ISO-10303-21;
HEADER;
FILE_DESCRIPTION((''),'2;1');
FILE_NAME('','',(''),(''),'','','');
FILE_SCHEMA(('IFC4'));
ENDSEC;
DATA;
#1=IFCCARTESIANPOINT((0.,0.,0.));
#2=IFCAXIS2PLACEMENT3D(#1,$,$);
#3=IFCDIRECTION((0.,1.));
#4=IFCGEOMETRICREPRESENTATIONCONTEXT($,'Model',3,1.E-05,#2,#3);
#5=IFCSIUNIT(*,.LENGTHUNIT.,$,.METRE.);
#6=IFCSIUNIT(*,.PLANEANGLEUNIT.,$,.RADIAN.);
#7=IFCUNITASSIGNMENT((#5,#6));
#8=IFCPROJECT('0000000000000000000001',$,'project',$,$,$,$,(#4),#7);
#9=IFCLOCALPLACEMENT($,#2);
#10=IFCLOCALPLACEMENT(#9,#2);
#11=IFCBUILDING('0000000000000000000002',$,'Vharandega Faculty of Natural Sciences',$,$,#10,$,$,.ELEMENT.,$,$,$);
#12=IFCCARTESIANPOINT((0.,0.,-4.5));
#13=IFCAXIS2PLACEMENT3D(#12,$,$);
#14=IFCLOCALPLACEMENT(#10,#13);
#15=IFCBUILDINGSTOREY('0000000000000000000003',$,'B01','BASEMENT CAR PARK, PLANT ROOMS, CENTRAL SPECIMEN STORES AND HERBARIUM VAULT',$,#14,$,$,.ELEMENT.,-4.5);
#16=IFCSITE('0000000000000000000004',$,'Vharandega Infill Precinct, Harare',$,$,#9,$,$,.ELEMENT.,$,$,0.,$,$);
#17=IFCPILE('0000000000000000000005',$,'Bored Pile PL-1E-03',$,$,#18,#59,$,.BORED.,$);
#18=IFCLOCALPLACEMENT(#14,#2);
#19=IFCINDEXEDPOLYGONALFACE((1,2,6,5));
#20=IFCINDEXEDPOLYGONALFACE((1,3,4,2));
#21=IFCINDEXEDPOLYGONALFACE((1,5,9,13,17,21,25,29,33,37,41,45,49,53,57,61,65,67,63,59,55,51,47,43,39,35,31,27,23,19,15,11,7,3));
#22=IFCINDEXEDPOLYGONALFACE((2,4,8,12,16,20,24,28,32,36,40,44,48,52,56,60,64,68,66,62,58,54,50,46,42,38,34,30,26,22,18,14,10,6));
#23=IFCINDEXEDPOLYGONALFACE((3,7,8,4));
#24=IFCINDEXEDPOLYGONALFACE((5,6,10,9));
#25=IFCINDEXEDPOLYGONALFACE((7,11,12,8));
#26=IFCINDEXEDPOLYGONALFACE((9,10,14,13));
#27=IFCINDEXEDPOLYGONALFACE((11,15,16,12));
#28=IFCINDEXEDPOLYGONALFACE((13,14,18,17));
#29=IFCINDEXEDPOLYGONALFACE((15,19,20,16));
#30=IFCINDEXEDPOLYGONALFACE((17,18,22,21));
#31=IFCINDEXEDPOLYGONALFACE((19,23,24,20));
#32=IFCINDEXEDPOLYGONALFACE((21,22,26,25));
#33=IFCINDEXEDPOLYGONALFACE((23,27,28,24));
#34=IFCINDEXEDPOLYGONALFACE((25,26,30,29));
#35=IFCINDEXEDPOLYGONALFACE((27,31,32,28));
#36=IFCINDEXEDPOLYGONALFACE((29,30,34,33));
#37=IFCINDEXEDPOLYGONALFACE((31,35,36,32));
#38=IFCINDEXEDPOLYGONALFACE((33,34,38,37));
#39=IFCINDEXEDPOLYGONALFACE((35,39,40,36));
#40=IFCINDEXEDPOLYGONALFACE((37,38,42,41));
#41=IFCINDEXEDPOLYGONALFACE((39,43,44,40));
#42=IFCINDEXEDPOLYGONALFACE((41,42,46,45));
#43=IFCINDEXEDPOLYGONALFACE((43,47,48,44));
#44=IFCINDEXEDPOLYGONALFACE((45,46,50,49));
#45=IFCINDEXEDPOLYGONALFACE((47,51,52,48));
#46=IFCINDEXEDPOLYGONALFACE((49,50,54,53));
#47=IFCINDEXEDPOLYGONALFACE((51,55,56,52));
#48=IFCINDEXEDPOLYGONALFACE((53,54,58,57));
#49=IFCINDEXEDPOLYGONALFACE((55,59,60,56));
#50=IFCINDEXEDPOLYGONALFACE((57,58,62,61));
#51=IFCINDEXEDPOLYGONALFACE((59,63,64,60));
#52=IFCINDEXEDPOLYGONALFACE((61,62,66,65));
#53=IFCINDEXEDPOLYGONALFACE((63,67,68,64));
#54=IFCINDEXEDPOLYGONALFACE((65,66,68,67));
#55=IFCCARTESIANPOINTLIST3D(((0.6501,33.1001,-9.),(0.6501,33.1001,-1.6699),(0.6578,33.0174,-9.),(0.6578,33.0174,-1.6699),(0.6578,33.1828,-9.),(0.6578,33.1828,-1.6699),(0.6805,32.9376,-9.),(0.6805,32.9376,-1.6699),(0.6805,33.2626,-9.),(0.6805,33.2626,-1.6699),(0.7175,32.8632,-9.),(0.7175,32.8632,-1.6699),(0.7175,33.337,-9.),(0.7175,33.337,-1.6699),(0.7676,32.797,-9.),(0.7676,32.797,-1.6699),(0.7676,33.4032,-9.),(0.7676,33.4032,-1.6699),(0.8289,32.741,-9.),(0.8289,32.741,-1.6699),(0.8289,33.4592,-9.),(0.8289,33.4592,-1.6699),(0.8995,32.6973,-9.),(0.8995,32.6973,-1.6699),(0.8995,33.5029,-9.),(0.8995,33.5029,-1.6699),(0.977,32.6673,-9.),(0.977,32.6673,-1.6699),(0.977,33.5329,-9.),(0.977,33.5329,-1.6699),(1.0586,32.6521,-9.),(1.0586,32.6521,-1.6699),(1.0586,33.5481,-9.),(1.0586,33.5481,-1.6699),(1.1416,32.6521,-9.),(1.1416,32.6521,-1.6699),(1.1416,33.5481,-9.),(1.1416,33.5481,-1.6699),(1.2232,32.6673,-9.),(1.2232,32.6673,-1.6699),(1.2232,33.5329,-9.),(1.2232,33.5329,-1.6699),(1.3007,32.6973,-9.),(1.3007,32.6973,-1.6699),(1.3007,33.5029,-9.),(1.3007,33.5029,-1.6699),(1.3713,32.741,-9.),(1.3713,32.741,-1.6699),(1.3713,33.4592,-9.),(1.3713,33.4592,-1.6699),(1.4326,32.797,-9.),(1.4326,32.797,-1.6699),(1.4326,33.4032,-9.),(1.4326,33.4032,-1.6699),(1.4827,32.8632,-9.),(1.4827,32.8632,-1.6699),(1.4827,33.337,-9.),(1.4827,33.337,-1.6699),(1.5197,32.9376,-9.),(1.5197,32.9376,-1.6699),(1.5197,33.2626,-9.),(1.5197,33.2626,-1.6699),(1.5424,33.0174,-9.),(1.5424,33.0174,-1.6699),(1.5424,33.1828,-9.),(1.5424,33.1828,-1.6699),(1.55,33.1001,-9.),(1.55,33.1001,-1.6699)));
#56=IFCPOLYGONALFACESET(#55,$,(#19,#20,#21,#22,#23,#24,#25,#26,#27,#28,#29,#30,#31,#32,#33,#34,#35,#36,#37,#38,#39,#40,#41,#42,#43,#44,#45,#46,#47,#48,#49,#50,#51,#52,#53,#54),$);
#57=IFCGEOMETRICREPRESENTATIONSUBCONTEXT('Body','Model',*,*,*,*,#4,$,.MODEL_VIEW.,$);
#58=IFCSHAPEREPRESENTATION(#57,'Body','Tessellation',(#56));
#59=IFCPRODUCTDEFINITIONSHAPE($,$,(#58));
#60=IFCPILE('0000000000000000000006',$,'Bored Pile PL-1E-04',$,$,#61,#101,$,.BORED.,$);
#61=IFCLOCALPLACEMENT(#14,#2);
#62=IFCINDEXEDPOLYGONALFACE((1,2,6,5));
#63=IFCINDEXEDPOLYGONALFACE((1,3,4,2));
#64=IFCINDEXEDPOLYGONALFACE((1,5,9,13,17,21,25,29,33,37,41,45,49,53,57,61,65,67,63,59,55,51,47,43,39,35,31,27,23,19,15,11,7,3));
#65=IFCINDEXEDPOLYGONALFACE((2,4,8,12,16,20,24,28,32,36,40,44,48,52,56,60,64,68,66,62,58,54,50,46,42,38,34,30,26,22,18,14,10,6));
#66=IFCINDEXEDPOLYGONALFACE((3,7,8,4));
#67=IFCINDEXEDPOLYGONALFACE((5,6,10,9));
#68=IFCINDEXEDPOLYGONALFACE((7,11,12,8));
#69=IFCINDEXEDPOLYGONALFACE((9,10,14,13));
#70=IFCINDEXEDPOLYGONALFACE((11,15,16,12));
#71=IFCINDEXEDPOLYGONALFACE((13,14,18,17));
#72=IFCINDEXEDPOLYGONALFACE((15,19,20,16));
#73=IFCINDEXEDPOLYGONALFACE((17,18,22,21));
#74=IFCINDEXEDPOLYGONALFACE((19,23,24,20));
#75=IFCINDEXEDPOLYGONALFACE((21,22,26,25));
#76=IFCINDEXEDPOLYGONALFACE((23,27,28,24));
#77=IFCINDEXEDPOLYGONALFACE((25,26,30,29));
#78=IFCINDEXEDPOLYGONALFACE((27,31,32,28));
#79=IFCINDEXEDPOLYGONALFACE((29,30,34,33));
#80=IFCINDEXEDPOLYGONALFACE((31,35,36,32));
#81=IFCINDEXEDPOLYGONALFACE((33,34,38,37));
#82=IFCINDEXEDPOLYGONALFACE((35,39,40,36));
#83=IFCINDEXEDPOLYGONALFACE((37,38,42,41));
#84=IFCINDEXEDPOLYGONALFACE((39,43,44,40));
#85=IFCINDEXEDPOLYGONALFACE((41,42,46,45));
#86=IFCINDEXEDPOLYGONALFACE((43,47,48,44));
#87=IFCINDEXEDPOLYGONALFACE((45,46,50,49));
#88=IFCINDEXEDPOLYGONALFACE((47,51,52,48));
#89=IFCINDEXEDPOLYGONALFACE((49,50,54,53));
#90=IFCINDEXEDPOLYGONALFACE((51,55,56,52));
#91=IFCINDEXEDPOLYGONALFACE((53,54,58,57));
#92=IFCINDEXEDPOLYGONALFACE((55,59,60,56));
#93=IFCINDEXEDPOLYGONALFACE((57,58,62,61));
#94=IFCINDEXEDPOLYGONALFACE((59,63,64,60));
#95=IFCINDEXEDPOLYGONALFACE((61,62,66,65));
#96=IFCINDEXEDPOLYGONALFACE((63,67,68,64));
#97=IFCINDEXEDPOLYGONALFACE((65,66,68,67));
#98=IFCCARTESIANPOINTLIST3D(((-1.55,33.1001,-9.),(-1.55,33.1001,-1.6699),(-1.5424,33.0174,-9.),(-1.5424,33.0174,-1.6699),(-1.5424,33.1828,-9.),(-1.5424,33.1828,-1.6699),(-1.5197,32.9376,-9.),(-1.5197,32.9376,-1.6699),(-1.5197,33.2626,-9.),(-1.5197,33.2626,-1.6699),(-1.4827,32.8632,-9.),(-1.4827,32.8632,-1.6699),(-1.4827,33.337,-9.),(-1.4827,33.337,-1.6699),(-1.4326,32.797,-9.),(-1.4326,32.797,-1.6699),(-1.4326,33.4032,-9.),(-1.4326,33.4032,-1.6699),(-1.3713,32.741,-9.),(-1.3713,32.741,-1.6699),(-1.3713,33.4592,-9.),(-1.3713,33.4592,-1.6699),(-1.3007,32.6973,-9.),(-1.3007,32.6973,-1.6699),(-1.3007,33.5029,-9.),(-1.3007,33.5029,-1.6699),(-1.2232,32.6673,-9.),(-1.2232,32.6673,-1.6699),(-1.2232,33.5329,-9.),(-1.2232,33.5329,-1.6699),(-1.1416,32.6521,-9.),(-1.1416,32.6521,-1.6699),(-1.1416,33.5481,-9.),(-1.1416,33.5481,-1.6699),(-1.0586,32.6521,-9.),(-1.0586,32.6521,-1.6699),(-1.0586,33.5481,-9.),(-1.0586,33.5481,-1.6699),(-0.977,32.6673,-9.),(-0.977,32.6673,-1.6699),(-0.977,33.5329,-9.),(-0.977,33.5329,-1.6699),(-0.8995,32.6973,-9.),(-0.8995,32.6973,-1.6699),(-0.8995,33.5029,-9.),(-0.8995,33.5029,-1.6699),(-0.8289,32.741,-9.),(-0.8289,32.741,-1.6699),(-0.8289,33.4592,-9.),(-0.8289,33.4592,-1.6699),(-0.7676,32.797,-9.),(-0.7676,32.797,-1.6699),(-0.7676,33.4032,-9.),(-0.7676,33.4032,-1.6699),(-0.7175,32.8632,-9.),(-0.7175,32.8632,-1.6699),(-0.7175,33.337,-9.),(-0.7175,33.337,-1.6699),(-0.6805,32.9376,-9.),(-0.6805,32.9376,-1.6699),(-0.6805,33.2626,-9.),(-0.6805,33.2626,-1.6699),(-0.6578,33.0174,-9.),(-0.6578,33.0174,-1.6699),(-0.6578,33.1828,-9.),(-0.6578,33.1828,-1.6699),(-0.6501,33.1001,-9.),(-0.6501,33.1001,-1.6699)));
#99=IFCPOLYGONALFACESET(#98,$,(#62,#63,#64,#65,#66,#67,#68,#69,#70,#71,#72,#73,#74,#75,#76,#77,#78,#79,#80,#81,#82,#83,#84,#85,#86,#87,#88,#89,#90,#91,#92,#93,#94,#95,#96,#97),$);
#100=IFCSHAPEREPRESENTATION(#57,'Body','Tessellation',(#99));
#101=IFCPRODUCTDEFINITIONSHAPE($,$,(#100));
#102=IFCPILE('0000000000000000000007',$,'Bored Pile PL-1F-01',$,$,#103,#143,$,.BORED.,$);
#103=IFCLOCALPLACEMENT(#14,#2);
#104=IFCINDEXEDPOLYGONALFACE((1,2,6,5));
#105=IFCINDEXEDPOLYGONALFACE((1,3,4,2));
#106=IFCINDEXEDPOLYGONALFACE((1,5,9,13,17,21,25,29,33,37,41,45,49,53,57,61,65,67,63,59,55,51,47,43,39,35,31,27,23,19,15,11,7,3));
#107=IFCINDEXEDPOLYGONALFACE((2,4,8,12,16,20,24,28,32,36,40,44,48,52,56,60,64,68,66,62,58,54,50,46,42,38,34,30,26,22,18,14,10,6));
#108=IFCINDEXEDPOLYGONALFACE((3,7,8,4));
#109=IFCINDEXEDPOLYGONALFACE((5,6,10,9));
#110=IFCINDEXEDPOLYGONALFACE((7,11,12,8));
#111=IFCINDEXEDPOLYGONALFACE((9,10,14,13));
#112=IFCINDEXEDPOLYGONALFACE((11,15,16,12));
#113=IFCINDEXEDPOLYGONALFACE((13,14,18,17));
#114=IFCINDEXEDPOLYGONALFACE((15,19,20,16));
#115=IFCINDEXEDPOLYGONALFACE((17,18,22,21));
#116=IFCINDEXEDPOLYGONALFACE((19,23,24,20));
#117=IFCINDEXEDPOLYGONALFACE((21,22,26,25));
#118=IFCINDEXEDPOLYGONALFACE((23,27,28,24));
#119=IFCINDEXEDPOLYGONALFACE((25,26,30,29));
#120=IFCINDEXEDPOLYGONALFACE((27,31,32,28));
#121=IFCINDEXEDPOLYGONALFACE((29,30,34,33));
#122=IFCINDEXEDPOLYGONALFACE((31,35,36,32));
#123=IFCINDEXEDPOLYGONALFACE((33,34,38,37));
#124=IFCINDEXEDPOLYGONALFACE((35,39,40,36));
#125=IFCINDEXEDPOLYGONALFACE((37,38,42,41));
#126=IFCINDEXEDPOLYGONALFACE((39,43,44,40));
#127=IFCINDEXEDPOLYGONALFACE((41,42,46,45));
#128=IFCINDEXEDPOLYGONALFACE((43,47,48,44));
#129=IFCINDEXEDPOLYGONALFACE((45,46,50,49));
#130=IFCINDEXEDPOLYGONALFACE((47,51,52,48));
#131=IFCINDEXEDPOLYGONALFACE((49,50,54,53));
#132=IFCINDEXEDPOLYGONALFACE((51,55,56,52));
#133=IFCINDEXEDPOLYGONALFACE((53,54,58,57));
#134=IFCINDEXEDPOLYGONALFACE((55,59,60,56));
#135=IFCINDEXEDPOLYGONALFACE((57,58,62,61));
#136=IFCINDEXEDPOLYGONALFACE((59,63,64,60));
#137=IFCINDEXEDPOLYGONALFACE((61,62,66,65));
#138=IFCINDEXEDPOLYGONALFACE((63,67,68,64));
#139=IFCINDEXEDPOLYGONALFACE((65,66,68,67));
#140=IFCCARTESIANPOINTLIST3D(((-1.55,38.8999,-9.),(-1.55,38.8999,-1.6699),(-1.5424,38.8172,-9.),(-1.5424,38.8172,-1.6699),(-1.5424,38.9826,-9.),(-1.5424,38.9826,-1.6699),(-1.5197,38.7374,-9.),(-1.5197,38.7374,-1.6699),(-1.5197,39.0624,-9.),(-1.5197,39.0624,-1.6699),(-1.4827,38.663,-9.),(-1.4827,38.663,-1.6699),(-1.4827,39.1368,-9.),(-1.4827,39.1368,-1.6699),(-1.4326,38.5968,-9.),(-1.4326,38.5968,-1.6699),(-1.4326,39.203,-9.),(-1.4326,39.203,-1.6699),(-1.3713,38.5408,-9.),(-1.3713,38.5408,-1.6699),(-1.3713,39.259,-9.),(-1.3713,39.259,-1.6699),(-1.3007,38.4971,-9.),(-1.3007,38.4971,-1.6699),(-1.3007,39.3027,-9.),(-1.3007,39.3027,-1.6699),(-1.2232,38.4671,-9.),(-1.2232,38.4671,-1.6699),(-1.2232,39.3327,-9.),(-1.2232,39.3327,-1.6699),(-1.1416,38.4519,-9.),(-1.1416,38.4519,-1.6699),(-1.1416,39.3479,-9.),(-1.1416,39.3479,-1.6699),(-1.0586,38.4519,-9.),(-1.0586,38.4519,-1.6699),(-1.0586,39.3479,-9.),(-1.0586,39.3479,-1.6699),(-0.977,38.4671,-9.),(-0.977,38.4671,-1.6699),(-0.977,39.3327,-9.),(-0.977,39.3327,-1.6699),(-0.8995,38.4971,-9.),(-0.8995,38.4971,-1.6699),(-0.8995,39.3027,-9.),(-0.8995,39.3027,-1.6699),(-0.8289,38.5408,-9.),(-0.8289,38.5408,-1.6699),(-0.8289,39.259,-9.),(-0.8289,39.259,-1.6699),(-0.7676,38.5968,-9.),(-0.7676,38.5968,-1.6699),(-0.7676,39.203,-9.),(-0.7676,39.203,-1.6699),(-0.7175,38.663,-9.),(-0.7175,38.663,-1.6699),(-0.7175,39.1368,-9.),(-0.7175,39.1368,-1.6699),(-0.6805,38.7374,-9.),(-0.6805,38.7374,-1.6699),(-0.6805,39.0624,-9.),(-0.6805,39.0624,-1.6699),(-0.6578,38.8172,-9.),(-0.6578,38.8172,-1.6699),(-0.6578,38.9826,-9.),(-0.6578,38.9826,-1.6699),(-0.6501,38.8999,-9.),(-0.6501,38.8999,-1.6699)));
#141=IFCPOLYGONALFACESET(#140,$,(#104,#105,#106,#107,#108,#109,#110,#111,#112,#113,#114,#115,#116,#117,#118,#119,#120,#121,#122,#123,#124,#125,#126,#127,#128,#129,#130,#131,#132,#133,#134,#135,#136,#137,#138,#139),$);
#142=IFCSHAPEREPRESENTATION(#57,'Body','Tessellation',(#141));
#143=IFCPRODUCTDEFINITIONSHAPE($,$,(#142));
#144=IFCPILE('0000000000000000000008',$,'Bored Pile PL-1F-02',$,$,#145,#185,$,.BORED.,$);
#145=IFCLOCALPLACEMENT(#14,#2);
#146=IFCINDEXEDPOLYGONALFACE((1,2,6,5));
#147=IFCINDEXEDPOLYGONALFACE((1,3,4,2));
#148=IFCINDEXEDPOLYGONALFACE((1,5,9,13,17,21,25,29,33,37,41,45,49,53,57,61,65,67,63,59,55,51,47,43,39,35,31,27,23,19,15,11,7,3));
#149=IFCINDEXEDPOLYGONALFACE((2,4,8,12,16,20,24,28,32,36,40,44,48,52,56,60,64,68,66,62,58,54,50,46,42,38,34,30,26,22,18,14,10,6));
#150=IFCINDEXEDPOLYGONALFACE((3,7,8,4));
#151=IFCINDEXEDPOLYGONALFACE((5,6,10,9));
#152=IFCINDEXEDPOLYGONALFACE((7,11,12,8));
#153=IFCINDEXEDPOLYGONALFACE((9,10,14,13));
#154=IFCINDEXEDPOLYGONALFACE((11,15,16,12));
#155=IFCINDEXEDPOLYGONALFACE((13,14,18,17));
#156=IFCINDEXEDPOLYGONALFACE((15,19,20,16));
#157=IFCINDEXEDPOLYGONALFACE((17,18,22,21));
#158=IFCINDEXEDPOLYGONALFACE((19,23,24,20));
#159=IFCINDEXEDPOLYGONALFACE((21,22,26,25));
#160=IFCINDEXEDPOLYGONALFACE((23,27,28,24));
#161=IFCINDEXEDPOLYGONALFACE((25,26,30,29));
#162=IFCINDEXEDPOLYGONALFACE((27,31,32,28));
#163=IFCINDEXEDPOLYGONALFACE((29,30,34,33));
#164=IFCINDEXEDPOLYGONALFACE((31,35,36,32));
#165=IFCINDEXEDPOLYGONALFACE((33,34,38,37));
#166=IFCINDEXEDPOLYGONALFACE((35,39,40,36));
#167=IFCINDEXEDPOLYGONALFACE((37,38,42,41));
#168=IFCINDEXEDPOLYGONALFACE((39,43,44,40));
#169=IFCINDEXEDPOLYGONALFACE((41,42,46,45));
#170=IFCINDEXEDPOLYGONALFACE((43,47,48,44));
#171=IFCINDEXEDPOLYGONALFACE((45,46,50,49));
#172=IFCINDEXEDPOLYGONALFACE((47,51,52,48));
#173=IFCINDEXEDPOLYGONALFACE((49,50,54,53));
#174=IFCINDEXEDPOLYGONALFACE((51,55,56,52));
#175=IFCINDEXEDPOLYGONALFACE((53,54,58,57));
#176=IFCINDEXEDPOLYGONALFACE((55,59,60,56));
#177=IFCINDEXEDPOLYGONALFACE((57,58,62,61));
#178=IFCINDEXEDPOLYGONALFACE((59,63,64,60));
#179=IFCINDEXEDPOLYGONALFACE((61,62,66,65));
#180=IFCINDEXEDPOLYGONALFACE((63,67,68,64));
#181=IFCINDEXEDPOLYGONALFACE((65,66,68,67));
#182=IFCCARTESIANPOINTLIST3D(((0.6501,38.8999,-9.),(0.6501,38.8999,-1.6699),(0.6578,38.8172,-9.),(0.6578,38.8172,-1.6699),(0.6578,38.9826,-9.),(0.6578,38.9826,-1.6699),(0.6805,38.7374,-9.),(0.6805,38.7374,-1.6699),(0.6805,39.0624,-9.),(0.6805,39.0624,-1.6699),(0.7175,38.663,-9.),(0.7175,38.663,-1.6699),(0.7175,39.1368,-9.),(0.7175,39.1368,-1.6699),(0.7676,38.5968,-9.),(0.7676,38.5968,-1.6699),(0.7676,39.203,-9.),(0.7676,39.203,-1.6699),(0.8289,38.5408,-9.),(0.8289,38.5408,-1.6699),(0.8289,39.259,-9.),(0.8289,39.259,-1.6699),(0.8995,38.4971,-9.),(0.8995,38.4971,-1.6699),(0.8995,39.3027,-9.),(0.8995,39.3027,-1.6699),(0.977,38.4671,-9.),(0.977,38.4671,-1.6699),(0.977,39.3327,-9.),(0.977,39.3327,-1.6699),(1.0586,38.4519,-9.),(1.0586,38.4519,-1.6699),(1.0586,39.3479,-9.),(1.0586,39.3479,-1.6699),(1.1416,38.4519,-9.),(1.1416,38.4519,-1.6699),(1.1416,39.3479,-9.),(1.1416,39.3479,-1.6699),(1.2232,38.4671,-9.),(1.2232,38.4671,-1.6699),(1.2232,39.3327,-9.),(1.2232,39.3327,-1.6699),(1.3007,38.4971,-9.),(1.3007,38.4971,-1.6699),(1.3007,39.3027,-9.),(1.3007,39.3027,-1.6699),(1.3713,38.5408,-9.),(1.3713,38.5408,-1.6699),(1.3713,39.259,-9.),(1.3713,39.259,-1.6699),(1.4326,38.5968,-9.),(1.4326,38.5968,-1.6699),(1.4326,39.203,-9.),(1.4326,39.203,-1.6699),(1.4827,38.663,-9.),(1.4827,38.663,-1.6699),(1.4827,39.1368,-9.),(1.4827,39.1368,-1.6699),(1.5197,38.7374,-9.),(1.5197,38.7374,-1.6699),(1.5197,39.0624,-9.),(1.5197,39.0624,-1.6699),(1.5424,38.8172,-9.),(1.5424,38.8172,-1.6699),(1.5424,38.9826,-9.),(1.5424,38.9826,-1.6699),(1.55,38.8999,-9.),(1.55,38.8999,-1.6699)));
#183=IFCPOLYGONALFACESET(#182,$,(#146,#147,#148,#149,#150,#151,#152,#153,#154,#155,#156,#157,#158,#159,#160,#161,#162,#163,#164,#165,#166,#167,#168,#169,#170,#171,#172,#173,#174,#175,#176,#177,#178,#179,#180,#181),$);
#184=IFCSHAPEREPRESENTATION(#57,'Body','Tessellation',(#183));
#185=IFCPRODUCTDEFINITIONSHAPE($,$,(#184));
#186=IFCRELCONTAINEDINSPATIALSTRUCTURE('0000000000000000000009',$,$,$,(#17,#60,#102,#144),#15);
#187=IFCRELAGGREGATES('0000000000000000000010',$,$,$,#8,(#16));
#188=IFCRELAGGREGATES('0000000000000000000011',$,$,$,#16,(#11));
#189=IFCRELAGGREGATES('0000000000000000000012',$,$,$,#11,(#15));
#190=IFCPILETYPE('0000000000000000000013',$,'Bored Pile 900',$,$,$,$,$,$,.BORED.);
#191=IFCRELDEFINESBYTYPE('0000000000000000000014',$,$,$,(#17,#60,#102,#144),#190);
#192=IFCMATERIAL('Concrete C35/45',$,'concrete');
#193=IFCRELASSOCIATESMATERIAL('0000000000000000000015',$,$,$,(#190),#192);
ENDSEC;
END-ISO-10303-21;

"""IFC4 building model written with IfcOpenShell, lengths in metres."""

from ifc_helpers import new_model, si_unit, direction, frame, origin, origin_2d, place, context, subcontext, project, spatial, circle, extrude, material, material_profile, profile_set, type_object, element, save


model = new_model("IFC4")

# Units and contexts
model_context = context("Model", 3, precision=1e-05, world=origin(), true_north=direction((0.0, 1.0)))
body_context = subcontext(model_context, "Body", "Model", "MODEL_VIEW")
ifc_project = project(units=[si_unit("LENGTHUNIT", "METRE"), si_unit("PLANEANGLEUNIT", "RADIAN")], contexts=[model_context])

# Site, building, storey
site_placement = place(None, origin())
site = spatial("IfcSite", under=ifc_project, at=site_placement, Name="Vharandega Infill Precinct, Harare", CompositionType="ELEMENT", RefElevation=0.0)
building_placement = place(site_placement, origin())
building = spatial("IfcBuilding", under=site, at=building_placement, Name="Vharandega Faculty of Natural Sciences", CompositionType="ELEMENT")
storey_placement = place(building_placement, frame((0.0, 0.0, -4.5)))
storey = spatial("IfcBuildingStorey", under=building, at=storey_placement, Name="B01", Description="BASEMENT CAR PARK, PLANT ROOMS, CENTRAL SPECIMEN STORES AND HERBARIUM VAULT", CompositionType="ELEMENT", Elevation=-4.5)

# Piles
ifc_material_1 = material(Name="Concrete C35/45", Category="concrete")
ifc_material_profile_1 = material_profile(ifc_material_1, circle(Radius=0.45, at=origin_2d()), Name="PILE 900")
ifc_profile_set_1 = profile_set([ifc_material_profile_1], Name="Concrete C35/45")
pile_type = type_object("IfcPileType", Name="Bored Pile 900", PredefinedType="BORED", material=ifc_profile_set_1)
for number, where, z_axis, x_axis, name in (
    (1, (1.1001, 33.1001, -1.6699), (0.0, 0.0, -1.0), (1.0, 0.0, 0.0), "Bored Pile PL-1E-03"),
    (2, (-1.1001, 33.1001, -1.6699), (0.0, 0.0, -1.0), (1.0, 0.0, 0.0), "Bored Pile PL-1E-04"),
    (3, (-1.1001, 38.8999, -1.6699), (0.0, 0.0, -1.0), (1.0, 0.0, 0.0), "Bored Pile PL-1F-01"),
    (4, (1.1001, 38.8999, -1.6699), (0.0, 0.0, -1.0), (1.0, 0.0, 0.0), "Bored Pile PL-1F-02"),
):
    element("IfcPile", number, at=place(storey_placement, frame(where, z_axis=z_axis, x_axis=x_axis)), inside=storey, type_object=pile_type, Name=name, PredefinedType="BORED", context=body_context, shape_type="SweptSolid", body=[
        extrude(circle(Radius=0.45, at=origin_2d()), origin(), (0.0, 0.0, 1.0), 7.3301),
    ])

save(model, "model.ifc")
